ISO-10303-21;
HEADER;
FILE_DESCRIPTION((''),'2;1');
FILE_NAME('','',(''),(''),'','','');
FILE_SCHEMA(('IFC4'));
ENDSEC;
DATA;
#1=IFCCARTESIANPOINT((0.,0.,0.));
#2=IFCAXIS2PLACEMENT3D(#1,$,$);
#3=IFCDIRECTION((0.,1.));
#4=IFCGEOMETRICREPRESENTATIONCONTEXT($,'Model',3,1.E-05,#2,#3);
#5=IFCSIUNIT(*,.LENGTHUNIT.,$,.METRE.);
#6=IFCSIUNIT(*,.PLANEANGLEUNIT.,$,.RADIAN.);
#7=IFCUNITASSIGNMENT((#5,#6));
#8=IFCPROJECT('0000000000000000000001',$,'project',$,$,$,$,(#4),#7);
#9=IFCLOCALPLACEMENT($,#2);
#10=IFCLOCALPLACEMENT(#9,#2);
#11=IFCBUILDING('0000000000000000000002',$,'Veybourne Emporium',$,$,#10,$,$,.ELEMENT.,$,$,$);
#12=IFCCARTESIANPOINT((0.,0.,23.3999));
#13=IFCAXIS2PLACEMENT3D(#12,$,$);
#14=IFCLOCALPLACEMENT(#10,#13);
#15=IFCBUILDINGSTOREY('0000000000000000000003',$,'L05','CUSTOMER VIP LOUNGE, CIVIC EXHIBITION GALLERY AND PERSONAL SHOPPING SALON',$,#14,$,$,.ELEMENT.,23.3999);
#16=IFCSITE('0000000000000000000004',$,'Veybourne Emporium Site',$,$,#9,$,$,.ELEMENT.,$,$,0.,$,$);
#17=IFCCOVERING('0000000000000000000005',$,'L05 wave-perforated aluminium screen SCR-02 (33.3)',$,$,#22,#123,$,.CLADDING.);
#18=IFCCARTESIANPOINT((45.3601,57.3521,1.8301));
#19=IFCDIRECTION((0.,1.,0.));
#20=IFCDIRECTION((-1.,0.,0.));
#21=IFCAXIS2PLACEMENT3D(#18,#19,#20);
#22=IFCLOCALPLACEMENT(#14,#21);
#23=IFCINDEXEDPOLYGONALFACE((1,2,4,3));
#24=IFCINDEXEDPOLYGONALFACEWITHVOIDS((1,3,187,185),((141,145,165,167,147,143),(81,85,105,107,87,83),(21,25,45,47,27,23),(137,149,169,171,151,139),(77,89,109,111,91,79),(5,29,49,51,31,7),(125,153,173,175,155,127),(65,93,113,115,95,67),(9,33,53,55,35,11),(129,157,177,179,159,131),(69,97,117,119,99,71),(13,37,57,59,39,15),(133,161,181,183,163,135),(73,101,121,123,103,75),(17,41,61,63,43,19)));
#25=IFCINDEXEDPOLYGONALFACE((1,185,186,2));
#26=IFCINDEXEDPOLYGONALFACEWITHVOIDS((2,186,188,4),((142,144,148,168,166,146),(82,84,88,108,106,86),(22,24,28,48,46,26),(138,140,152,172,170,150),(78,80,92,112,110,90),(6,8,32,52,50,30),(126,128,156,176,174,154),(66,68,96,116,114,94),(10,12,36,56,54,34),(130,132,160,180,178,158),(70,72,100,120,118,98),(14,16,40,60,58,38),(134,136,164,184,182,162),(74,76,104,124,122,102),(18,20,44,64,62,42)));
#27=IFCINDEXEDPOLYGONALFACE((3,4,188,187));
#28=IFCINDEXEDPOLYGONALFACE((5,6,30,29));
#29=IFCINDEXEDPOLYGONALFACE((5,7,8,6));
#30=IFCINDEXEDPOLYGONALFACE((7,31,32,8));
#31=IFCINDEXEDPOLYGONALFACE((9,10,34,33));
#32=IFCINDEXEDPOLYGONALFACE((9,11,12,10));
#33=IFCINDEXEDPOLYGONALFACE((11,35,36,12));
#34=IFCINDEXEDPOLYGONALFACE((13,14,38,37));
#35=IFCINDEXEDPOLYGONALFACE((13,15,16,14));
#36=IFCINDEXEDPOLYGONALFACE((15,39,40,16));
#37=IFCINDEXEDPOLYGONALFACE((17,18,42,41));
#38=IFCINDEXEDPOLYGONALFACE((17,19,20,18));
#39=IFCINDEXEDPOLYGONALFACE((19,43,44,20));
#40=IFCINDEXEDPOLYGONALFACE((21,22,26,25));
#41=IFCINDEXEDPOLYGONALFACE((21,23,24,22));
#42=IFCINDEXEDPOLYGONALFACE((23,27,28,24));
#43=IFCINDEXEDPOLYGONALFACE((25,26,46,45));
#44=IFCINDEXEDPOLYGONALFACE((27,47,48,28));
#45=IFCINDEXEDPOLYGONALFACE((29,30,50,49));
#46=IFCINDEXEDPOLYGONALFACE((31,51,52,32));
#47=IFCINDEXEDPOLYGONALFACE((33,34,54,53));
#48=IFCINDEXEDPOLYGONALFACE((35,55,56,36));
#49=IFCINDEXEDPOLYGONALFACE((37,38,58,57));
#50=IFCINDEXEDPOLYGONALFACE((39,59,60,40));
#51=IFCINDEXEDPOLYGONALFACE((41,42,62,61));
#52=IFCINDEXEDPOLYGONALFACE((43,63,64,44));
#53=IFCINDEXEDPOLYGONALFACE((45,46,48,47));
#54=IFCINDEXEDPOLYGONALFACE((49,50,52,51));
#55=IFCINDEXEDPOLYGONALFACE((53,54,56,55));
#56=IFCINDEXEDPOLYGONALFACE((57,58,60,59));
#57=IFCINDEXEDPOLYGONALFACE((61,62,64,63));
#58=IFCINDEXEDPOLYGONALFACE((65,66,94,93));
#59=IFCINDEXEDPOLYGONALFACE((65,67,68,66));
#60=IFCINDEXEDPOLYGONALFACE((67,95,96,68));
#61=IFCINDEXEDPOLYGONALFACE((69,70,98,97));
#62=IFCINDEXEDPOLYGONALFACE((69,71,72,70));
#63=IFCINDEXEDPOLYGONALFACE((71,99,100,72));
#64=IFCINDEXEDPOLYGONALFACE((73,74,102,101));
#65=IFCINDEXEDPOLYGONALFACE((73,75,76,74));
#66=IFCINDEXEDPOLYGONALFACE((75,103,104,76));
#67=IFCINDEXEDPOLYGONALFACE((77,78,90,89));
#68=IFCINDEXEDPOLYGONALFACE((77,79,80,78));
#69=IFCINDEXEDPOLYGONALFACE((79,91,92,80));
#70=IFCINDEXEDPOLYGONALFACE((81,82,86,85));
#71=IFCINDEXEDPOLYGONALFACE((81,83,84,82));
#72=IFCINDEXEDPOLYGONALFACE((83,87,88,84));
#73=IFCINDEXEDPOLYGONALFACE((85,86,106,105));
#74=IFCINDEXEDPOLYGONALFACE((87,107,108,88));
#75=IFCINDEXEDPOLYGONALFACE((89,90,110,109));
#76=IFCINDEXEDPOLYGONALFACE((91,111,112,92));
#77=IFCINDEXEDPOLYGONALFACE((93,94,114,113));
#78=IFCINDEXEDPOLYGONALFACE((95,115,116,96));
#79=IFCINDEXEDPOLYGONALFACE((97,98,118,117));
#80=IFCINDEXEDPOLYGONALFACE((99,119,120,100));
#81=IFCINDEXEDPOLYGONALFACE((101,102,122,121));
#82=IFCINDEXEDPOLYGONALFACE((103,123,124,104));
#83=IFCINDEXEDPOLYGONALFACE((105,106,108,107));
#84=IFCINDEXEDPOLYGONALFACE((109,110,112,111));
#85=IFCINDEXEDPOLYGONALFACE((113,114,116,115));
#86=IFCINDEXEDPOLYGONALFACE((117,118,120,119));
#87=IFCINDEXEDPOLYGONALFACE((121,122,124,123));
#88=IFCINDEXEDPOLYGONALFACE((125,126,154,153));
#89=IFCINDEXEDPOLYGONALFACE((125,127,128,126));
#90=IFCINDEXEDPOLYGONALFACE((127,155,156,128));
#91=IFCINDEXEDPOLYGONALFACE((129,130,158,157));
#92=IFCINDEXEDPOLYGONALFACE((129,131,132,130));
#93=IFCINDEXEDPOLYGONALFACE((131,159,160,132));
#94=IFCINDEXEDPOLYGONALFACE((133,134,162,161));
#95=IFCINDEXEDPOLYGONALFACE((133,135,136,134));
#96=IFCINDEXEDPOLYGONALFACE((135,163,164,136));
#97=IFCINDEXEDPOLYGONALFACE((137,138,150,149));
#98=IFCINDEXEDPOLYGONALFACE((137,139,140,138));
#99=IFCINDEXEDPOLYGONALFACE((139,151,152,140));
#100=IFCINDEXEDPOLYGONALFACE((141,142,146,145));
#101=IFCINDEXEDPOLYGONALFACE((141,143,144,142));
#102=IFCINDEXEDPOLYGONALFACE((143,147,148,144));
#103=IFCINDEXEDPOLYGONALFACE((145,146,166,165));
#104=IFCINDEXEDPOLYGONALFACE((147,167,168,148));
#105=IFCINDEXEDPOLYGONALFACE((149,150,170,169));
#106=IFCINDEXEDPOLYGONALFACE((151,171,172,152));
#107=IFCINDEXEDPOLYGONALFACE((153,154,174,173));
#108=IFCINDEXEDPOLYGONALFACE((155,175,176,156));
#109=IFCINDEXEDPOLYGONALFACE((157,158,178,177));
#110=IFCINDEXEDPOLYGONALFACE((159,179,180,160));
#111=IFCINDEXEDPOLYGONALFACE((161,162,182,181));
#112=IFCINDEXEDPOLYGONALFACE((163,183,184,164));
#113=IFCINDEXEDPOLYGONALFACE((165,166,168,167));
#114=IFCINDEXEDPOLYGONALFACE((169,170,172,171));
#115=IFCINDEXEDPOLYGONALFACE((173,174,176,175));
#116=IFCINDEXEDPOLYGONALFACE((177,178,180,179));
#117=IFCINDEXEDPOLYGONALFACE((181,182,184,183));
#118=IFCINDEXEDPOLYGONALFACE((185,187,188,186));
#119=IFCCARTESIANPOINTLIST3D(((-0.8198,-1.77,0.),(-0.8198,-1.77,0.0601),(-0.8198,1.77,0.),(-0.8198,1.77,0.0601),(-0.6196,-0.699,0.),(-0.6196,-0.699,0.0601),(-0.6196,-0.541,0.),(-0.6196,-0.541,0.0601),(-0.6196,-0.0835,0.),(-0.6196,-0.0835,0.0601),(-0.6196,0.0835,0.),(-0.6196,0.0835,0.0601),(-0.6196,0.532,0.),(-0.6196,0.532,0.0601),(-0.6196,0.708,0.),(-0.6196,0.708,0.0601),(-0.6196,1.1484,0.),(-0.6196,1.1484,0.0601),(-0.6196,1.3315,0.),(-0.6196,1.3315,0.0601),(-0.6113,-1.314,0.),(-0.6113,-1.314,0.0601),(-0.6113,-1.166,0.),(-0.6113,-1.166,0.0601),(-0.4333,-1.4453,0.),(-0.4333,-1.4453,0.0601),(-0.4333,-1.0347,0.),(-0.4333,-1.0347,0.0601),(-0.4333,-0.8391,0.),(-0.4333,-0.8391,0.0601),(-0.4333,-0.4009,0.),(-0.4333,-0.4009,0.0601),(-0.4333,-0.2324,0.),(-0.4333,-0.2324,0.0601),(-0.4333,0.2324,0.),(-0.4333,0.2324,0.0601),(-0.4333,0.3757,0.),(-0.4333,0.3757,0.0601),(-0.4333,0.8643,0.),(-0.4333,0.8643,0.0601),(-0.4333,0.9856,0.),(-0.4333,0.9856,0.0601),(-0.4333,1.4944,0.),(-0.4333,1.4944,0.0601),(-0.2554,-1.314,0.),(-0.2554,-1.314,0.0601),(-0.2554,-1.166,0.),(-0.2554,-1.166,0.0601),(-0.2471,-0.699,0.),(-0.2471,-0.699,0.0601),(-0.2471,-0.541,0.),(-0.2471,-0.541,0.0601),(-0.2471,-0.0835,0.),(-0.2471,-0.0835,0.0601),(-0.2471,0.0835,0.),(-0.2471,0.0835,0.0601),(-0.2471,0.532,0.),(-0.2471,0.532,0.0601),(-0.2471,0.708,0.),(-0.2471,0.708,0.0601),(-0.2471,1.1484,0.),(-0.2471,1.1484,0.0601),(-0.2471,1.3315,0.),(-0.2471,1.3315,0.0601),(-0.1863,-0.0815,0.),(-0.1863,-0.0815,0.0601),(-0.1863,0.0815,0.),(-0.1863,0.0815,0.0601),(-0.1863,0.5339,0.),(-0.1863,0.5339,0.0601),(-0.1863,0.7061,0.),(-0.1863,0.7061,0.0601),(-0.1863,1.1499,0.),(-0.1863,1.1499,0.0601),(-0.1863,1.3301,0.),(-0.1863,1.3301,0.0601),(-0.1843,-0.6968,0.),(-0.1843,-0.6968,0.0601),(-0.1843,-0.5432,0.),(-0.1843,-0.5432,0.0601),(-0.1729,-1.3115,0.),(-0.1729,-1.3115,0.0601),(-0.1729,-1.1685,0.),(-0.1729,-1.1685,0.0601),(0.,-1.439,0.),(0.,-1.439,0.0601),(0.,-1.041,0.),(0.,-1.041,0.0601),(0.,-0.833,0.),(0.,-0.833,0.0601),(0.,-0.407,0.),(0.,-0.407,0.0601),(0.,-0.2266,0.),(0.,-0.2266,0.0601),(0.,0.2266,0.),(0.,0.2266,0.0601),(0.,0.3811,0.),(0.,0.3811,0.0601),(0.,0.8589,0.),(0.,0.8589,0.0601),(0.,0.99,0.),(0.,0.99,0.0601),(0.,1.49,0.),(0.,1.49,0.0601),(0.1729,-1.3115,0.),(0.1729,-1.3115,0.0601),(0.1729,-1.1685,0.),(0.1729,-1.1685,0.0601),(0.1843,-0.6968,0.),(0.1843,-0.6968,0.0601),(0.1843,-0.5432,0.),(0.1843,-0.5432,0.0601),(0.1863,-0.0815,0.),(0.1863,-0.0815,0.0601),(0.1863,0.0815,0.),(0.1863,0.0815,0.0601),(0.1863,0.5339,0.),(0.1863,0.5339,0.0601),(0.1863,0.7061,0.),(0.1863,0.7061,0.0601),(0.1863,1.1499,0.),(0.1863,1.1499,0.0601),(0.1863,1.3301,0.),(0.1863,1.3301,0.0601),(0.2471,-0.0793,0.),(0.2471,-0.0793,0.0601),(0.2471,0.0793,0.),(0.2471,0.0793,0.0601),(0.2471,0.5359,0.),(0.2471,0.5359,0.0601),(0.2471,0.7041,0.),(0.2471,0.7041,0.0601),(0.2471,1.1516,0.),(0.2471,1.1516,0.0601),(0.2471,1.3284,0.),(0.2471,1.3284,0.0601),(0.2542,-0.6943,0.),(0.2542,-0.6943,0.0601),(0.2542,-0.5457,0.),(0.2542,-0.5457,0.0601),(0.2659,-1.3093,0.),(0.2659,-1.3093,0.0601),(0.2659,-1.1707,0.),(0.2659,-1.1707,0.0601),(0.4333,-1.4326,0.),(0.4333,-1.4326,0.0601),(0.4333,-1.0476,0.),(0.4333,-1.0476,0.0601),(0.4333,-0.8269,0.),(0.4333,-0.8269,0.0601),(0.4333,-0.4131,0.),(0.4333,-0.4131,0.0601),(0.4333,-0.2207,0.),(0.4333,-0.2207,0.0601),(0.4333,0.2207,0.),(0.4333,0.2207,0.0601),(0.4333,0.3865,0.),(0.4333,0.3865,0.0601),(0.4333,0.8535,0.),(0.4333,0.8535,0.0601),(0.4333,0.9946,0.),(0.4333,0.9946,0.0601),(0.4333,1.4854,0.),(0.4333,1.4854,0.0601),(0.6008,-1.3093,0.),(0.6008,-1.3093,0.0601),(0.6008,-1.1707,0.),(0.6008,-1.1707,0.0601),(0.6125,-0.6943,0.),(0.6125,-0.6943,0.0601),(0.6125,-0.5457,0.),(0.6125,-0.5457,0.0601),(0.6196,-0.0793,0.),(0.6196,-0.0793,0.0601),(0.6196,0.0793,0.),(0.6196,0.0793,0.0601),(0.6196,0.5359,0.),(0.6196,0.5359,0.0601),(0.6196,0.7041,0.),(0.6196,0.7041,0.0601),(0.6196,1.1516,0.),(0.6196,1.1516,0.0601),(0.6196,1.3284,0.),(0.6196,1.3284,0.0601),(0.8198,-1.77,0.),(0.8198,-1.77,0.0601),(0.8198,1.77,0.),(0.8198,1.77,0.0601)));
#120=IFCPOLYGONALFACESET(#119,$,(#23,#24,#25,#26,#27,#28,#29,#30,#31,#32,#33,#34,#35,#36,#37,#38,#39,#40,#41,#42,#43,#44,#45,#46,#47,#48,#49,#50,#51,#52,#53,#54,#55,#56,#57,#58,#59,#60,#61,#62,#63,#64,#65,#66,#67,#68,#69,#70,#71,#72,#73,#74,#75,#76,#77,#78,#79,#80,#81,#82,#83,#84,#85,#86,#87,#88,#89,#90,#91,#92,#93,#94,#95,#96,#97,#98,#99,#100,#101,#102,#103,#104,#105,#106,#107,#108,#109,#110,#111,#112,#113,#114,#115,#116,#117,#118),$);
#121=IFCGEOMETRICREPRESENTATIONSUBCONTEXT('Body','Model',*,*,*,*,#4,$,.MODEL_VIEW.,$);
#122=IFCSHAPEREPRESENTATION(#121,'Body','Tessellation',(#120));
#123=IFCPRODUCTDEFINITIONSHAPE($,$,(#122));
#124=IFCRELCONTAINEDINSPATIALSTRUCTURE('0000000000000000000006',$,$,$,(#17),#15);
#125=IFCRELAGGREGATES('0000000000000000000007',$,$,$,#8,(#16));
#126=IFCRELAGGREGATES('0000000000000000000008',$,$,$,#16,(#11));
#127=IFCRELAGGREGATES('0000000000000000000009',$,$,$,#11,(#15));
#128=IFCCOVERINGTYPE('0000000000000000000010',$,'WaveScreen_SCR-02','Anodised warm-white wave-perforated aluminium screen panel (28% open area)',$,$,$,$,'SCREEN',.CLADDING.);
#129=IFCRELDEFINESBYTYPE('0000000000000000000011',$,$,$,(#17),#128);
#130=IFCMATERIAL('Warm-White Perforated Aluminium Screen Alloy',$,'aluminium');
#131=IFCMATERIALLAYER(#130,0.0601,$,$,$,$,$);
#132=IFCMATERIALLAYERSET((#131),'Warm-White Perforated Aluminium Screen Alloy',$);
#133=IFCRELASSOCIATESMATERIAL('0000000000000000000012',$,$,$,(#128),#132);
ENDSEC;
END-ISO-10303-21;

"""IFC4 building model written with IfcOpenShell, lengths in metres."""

from ifc_helpers import new_model, si_unit, direction, frame, origin, place, context, subcontext, project, spatial, polyline, outline, extrude, material, layer, layer_set, type_object, element, save


model = new_model("IFC4")

# Units and contexts
model_context = context("Model", 3, precision=1e-05, world=origin(), true_north=direction((0.0, 1.0)))
body_context = subcontext(model_context, "Body", "Model", "MODEL_VIEW")
ifc_project = project(units=[si_unit("LENGTHUNIT", "METRE"), si_unit("PLANEANGLEUNIT", "RADIAN")], contexts=[model_context])

# Site, building, storey
site_placement = place(None, origin())
site = spatial("IfcSite", under=ifc_project, at=site_placement, Name="Veybourne Emporium Site", CompositionType="ELEMENT", RefElevation=0.0)
building_placement = place(site_placement, origin())
building = spatial("IfcBuilding", under=site, at=building_placement, Name="Veybourne Emporium", CompositionType="ELEMENT")
storey_placement = place(building_placement, frame((0.0, 0.0, 23.3999)))
storey = spatial("IfcBuildingStorey", under=building, at=storey_placement, Name="L05", Description="CUSTOMER VIP LOUNGE, CIVIC EXHIBITION GALLERY AND PERSONAL SHOPPING SALON", CompositionType="ELEMENT", Elevation=23.3999)

# Covering
ifc_material_1 = material(Name="Warm-White Perforated Aluminium Screen Alloy", Category="aluminium")
ifc_layer_1 = layer(ifc_material_1, 0.0601)
ifc_layer_set_1 = layer_set([ifc_layer_1], Name="Warm-White Perforated Aluminium Screen Alloy")
covering_type_1 = type_object("IfcCoveringType", Name="WaveScreen_SCR-02", Description="Anodised warm-white wave-perforated aluminium screen panel (28% open area)", ElementType="SCREEN", PredefinedType="CLADDING", material=ifc_layer_set_1)
covering_1_placement = place(storey_placement, frame((45.3601, 57.3521, 1.8301), z_axis=(0.0, 1.0, 0.0), x_axis=(-1.0, 0.0, 0.0)))
element("IfcCovering", 1, at=covering_1_placement, inside=storey, type_object=covering_type_1, Name="L05 wave-perforated aluminium screen SCR-02 (33.3)", PredefinedType="CLADDING", context=body_context, shape_type="SweptSolid", body=[
    extrude(outline(polyline([(-0.8198, -1.77), (0.8198, -1.77), (0.8198, 1.77), (-0.8198, 1.77), (-0.8198, -1.77)]), holes=[polyline([(-0.4333, -1.0347), (-0.2554, -1.166), (-0.2554, -1.314), (-0.4333, -1.4453), (-0.6113, -1.314), (-0.6113, -1.166), (-0.4333, -1.0347)]), polyline([(-0.4333, -0.4009), (-0.2471, -0.541), (-0.2471, -0.699), (-0.4333, -0.8391), (-0.6196, -0.699), (-0.6196, -0.541), (-0.4333, -0.4009)]), polyline([(-0.4333, 0.2324), (-0.2471, 0.0835), (-0.2471, -0.0835), (-0.4333, -0.2324), (-0.6196, -0.0835), (-0.6196, 0.0835), (-0.4333, 0.2324)]), polyline([(-0.4333, 0.8643), (-0.2471, 0.708), (-0.2471, 0.532), (-0.4333, 0.3757), (-0.6196, 0.532), (-0.6196, 0.708), (-0.4333, 0.8643)]), polyline([(-0.4333, 1.4944), (-0.2471, 1.3315), (-0.2471, 1.1484), (-0.4333, 0.9856), (-0.6196, 1.1484), (-0.6196, 1.3315), (-0.4333, 1.4944)]), polyline([(0.0, -1.041), (0.1729, -1.1685), (0.1729, -1.3115), (0.0, -1.439), (-0.1729, -1.3115), (-0.1729, -1.1685), (0.0, -1.041)]), polyline([(0.0, -0.407), (0.1843, -0.5432), (0.1843, -0.6968), (0.0, -0.833), (-0.1843, -0.6968), (-0.1843, -0.5432), (0.0, -0.407)]), polyline([(0.0, 0.2266), (0.1863, 0.0815), (0.1863, -0.0815), (0.0, -0.2266), (-0.1863, -0.0815), (-0.1863, 0.0815), (0.0, 0.2266)]), polyline([(0.0, 0.8589), (0.1863, 0.7061), (0.1863, 0.5339), (0.0, 0.3811), (-0.1863, 0.5339), (-0.1863, 0.7061), (0.0, 0.8589)]), polyline([(0.0, 1.49), (0.1863, 1.3301), (0.1863, 1.1499), (0.0, 0.99), (-0.1863, 1.1499), (-0.1863, 1.3301), (0.0, 1.49)]), polyline([(0.4333, -1.0476), (0.6008, -1.1707), (0.6008, -1.3093), (0.4333, -1.4326), (0.2659, -1.3093), (0.2659, -1.1707), (0.4333, -1.0476)]), polyline([(0.4333, -0.4131), (0.6125, -0.5457), (0.6125, -0.6943), (0.4333, -0.8269), (0.2542, -0.6943), (0.2542, -0.5457), (0.4333, -0.4131)]), polyline([(0.4333, 0.2207), (0.6196, 0.0793), (0.6196, -0.0793), (0.4333, -0.2207), (0.2471, -0.0793), (0.2471, 0.0793), (0.4333, 0.2207)]), polyline([(0.4333, 0.8535), (0.6196, 0.7041), (0.6196, 0.5359), (0.4333, 0.3865), (0.2471, 0.5359), (0.2471, 0.7041), (0.4333, 0.8535)]), polyline([(0.4333, 1.4854), (0.6196, 1.3284), (0.6196, 1.1516), (0.4333, 0.9946), (0.2471, 1.1516), (0.2471, 1.3284), (0.4333, 1.4854)])]), origin(), (0.0, 0.0, 1.0), 0.0601),
])

save(model, "model.ifc")
